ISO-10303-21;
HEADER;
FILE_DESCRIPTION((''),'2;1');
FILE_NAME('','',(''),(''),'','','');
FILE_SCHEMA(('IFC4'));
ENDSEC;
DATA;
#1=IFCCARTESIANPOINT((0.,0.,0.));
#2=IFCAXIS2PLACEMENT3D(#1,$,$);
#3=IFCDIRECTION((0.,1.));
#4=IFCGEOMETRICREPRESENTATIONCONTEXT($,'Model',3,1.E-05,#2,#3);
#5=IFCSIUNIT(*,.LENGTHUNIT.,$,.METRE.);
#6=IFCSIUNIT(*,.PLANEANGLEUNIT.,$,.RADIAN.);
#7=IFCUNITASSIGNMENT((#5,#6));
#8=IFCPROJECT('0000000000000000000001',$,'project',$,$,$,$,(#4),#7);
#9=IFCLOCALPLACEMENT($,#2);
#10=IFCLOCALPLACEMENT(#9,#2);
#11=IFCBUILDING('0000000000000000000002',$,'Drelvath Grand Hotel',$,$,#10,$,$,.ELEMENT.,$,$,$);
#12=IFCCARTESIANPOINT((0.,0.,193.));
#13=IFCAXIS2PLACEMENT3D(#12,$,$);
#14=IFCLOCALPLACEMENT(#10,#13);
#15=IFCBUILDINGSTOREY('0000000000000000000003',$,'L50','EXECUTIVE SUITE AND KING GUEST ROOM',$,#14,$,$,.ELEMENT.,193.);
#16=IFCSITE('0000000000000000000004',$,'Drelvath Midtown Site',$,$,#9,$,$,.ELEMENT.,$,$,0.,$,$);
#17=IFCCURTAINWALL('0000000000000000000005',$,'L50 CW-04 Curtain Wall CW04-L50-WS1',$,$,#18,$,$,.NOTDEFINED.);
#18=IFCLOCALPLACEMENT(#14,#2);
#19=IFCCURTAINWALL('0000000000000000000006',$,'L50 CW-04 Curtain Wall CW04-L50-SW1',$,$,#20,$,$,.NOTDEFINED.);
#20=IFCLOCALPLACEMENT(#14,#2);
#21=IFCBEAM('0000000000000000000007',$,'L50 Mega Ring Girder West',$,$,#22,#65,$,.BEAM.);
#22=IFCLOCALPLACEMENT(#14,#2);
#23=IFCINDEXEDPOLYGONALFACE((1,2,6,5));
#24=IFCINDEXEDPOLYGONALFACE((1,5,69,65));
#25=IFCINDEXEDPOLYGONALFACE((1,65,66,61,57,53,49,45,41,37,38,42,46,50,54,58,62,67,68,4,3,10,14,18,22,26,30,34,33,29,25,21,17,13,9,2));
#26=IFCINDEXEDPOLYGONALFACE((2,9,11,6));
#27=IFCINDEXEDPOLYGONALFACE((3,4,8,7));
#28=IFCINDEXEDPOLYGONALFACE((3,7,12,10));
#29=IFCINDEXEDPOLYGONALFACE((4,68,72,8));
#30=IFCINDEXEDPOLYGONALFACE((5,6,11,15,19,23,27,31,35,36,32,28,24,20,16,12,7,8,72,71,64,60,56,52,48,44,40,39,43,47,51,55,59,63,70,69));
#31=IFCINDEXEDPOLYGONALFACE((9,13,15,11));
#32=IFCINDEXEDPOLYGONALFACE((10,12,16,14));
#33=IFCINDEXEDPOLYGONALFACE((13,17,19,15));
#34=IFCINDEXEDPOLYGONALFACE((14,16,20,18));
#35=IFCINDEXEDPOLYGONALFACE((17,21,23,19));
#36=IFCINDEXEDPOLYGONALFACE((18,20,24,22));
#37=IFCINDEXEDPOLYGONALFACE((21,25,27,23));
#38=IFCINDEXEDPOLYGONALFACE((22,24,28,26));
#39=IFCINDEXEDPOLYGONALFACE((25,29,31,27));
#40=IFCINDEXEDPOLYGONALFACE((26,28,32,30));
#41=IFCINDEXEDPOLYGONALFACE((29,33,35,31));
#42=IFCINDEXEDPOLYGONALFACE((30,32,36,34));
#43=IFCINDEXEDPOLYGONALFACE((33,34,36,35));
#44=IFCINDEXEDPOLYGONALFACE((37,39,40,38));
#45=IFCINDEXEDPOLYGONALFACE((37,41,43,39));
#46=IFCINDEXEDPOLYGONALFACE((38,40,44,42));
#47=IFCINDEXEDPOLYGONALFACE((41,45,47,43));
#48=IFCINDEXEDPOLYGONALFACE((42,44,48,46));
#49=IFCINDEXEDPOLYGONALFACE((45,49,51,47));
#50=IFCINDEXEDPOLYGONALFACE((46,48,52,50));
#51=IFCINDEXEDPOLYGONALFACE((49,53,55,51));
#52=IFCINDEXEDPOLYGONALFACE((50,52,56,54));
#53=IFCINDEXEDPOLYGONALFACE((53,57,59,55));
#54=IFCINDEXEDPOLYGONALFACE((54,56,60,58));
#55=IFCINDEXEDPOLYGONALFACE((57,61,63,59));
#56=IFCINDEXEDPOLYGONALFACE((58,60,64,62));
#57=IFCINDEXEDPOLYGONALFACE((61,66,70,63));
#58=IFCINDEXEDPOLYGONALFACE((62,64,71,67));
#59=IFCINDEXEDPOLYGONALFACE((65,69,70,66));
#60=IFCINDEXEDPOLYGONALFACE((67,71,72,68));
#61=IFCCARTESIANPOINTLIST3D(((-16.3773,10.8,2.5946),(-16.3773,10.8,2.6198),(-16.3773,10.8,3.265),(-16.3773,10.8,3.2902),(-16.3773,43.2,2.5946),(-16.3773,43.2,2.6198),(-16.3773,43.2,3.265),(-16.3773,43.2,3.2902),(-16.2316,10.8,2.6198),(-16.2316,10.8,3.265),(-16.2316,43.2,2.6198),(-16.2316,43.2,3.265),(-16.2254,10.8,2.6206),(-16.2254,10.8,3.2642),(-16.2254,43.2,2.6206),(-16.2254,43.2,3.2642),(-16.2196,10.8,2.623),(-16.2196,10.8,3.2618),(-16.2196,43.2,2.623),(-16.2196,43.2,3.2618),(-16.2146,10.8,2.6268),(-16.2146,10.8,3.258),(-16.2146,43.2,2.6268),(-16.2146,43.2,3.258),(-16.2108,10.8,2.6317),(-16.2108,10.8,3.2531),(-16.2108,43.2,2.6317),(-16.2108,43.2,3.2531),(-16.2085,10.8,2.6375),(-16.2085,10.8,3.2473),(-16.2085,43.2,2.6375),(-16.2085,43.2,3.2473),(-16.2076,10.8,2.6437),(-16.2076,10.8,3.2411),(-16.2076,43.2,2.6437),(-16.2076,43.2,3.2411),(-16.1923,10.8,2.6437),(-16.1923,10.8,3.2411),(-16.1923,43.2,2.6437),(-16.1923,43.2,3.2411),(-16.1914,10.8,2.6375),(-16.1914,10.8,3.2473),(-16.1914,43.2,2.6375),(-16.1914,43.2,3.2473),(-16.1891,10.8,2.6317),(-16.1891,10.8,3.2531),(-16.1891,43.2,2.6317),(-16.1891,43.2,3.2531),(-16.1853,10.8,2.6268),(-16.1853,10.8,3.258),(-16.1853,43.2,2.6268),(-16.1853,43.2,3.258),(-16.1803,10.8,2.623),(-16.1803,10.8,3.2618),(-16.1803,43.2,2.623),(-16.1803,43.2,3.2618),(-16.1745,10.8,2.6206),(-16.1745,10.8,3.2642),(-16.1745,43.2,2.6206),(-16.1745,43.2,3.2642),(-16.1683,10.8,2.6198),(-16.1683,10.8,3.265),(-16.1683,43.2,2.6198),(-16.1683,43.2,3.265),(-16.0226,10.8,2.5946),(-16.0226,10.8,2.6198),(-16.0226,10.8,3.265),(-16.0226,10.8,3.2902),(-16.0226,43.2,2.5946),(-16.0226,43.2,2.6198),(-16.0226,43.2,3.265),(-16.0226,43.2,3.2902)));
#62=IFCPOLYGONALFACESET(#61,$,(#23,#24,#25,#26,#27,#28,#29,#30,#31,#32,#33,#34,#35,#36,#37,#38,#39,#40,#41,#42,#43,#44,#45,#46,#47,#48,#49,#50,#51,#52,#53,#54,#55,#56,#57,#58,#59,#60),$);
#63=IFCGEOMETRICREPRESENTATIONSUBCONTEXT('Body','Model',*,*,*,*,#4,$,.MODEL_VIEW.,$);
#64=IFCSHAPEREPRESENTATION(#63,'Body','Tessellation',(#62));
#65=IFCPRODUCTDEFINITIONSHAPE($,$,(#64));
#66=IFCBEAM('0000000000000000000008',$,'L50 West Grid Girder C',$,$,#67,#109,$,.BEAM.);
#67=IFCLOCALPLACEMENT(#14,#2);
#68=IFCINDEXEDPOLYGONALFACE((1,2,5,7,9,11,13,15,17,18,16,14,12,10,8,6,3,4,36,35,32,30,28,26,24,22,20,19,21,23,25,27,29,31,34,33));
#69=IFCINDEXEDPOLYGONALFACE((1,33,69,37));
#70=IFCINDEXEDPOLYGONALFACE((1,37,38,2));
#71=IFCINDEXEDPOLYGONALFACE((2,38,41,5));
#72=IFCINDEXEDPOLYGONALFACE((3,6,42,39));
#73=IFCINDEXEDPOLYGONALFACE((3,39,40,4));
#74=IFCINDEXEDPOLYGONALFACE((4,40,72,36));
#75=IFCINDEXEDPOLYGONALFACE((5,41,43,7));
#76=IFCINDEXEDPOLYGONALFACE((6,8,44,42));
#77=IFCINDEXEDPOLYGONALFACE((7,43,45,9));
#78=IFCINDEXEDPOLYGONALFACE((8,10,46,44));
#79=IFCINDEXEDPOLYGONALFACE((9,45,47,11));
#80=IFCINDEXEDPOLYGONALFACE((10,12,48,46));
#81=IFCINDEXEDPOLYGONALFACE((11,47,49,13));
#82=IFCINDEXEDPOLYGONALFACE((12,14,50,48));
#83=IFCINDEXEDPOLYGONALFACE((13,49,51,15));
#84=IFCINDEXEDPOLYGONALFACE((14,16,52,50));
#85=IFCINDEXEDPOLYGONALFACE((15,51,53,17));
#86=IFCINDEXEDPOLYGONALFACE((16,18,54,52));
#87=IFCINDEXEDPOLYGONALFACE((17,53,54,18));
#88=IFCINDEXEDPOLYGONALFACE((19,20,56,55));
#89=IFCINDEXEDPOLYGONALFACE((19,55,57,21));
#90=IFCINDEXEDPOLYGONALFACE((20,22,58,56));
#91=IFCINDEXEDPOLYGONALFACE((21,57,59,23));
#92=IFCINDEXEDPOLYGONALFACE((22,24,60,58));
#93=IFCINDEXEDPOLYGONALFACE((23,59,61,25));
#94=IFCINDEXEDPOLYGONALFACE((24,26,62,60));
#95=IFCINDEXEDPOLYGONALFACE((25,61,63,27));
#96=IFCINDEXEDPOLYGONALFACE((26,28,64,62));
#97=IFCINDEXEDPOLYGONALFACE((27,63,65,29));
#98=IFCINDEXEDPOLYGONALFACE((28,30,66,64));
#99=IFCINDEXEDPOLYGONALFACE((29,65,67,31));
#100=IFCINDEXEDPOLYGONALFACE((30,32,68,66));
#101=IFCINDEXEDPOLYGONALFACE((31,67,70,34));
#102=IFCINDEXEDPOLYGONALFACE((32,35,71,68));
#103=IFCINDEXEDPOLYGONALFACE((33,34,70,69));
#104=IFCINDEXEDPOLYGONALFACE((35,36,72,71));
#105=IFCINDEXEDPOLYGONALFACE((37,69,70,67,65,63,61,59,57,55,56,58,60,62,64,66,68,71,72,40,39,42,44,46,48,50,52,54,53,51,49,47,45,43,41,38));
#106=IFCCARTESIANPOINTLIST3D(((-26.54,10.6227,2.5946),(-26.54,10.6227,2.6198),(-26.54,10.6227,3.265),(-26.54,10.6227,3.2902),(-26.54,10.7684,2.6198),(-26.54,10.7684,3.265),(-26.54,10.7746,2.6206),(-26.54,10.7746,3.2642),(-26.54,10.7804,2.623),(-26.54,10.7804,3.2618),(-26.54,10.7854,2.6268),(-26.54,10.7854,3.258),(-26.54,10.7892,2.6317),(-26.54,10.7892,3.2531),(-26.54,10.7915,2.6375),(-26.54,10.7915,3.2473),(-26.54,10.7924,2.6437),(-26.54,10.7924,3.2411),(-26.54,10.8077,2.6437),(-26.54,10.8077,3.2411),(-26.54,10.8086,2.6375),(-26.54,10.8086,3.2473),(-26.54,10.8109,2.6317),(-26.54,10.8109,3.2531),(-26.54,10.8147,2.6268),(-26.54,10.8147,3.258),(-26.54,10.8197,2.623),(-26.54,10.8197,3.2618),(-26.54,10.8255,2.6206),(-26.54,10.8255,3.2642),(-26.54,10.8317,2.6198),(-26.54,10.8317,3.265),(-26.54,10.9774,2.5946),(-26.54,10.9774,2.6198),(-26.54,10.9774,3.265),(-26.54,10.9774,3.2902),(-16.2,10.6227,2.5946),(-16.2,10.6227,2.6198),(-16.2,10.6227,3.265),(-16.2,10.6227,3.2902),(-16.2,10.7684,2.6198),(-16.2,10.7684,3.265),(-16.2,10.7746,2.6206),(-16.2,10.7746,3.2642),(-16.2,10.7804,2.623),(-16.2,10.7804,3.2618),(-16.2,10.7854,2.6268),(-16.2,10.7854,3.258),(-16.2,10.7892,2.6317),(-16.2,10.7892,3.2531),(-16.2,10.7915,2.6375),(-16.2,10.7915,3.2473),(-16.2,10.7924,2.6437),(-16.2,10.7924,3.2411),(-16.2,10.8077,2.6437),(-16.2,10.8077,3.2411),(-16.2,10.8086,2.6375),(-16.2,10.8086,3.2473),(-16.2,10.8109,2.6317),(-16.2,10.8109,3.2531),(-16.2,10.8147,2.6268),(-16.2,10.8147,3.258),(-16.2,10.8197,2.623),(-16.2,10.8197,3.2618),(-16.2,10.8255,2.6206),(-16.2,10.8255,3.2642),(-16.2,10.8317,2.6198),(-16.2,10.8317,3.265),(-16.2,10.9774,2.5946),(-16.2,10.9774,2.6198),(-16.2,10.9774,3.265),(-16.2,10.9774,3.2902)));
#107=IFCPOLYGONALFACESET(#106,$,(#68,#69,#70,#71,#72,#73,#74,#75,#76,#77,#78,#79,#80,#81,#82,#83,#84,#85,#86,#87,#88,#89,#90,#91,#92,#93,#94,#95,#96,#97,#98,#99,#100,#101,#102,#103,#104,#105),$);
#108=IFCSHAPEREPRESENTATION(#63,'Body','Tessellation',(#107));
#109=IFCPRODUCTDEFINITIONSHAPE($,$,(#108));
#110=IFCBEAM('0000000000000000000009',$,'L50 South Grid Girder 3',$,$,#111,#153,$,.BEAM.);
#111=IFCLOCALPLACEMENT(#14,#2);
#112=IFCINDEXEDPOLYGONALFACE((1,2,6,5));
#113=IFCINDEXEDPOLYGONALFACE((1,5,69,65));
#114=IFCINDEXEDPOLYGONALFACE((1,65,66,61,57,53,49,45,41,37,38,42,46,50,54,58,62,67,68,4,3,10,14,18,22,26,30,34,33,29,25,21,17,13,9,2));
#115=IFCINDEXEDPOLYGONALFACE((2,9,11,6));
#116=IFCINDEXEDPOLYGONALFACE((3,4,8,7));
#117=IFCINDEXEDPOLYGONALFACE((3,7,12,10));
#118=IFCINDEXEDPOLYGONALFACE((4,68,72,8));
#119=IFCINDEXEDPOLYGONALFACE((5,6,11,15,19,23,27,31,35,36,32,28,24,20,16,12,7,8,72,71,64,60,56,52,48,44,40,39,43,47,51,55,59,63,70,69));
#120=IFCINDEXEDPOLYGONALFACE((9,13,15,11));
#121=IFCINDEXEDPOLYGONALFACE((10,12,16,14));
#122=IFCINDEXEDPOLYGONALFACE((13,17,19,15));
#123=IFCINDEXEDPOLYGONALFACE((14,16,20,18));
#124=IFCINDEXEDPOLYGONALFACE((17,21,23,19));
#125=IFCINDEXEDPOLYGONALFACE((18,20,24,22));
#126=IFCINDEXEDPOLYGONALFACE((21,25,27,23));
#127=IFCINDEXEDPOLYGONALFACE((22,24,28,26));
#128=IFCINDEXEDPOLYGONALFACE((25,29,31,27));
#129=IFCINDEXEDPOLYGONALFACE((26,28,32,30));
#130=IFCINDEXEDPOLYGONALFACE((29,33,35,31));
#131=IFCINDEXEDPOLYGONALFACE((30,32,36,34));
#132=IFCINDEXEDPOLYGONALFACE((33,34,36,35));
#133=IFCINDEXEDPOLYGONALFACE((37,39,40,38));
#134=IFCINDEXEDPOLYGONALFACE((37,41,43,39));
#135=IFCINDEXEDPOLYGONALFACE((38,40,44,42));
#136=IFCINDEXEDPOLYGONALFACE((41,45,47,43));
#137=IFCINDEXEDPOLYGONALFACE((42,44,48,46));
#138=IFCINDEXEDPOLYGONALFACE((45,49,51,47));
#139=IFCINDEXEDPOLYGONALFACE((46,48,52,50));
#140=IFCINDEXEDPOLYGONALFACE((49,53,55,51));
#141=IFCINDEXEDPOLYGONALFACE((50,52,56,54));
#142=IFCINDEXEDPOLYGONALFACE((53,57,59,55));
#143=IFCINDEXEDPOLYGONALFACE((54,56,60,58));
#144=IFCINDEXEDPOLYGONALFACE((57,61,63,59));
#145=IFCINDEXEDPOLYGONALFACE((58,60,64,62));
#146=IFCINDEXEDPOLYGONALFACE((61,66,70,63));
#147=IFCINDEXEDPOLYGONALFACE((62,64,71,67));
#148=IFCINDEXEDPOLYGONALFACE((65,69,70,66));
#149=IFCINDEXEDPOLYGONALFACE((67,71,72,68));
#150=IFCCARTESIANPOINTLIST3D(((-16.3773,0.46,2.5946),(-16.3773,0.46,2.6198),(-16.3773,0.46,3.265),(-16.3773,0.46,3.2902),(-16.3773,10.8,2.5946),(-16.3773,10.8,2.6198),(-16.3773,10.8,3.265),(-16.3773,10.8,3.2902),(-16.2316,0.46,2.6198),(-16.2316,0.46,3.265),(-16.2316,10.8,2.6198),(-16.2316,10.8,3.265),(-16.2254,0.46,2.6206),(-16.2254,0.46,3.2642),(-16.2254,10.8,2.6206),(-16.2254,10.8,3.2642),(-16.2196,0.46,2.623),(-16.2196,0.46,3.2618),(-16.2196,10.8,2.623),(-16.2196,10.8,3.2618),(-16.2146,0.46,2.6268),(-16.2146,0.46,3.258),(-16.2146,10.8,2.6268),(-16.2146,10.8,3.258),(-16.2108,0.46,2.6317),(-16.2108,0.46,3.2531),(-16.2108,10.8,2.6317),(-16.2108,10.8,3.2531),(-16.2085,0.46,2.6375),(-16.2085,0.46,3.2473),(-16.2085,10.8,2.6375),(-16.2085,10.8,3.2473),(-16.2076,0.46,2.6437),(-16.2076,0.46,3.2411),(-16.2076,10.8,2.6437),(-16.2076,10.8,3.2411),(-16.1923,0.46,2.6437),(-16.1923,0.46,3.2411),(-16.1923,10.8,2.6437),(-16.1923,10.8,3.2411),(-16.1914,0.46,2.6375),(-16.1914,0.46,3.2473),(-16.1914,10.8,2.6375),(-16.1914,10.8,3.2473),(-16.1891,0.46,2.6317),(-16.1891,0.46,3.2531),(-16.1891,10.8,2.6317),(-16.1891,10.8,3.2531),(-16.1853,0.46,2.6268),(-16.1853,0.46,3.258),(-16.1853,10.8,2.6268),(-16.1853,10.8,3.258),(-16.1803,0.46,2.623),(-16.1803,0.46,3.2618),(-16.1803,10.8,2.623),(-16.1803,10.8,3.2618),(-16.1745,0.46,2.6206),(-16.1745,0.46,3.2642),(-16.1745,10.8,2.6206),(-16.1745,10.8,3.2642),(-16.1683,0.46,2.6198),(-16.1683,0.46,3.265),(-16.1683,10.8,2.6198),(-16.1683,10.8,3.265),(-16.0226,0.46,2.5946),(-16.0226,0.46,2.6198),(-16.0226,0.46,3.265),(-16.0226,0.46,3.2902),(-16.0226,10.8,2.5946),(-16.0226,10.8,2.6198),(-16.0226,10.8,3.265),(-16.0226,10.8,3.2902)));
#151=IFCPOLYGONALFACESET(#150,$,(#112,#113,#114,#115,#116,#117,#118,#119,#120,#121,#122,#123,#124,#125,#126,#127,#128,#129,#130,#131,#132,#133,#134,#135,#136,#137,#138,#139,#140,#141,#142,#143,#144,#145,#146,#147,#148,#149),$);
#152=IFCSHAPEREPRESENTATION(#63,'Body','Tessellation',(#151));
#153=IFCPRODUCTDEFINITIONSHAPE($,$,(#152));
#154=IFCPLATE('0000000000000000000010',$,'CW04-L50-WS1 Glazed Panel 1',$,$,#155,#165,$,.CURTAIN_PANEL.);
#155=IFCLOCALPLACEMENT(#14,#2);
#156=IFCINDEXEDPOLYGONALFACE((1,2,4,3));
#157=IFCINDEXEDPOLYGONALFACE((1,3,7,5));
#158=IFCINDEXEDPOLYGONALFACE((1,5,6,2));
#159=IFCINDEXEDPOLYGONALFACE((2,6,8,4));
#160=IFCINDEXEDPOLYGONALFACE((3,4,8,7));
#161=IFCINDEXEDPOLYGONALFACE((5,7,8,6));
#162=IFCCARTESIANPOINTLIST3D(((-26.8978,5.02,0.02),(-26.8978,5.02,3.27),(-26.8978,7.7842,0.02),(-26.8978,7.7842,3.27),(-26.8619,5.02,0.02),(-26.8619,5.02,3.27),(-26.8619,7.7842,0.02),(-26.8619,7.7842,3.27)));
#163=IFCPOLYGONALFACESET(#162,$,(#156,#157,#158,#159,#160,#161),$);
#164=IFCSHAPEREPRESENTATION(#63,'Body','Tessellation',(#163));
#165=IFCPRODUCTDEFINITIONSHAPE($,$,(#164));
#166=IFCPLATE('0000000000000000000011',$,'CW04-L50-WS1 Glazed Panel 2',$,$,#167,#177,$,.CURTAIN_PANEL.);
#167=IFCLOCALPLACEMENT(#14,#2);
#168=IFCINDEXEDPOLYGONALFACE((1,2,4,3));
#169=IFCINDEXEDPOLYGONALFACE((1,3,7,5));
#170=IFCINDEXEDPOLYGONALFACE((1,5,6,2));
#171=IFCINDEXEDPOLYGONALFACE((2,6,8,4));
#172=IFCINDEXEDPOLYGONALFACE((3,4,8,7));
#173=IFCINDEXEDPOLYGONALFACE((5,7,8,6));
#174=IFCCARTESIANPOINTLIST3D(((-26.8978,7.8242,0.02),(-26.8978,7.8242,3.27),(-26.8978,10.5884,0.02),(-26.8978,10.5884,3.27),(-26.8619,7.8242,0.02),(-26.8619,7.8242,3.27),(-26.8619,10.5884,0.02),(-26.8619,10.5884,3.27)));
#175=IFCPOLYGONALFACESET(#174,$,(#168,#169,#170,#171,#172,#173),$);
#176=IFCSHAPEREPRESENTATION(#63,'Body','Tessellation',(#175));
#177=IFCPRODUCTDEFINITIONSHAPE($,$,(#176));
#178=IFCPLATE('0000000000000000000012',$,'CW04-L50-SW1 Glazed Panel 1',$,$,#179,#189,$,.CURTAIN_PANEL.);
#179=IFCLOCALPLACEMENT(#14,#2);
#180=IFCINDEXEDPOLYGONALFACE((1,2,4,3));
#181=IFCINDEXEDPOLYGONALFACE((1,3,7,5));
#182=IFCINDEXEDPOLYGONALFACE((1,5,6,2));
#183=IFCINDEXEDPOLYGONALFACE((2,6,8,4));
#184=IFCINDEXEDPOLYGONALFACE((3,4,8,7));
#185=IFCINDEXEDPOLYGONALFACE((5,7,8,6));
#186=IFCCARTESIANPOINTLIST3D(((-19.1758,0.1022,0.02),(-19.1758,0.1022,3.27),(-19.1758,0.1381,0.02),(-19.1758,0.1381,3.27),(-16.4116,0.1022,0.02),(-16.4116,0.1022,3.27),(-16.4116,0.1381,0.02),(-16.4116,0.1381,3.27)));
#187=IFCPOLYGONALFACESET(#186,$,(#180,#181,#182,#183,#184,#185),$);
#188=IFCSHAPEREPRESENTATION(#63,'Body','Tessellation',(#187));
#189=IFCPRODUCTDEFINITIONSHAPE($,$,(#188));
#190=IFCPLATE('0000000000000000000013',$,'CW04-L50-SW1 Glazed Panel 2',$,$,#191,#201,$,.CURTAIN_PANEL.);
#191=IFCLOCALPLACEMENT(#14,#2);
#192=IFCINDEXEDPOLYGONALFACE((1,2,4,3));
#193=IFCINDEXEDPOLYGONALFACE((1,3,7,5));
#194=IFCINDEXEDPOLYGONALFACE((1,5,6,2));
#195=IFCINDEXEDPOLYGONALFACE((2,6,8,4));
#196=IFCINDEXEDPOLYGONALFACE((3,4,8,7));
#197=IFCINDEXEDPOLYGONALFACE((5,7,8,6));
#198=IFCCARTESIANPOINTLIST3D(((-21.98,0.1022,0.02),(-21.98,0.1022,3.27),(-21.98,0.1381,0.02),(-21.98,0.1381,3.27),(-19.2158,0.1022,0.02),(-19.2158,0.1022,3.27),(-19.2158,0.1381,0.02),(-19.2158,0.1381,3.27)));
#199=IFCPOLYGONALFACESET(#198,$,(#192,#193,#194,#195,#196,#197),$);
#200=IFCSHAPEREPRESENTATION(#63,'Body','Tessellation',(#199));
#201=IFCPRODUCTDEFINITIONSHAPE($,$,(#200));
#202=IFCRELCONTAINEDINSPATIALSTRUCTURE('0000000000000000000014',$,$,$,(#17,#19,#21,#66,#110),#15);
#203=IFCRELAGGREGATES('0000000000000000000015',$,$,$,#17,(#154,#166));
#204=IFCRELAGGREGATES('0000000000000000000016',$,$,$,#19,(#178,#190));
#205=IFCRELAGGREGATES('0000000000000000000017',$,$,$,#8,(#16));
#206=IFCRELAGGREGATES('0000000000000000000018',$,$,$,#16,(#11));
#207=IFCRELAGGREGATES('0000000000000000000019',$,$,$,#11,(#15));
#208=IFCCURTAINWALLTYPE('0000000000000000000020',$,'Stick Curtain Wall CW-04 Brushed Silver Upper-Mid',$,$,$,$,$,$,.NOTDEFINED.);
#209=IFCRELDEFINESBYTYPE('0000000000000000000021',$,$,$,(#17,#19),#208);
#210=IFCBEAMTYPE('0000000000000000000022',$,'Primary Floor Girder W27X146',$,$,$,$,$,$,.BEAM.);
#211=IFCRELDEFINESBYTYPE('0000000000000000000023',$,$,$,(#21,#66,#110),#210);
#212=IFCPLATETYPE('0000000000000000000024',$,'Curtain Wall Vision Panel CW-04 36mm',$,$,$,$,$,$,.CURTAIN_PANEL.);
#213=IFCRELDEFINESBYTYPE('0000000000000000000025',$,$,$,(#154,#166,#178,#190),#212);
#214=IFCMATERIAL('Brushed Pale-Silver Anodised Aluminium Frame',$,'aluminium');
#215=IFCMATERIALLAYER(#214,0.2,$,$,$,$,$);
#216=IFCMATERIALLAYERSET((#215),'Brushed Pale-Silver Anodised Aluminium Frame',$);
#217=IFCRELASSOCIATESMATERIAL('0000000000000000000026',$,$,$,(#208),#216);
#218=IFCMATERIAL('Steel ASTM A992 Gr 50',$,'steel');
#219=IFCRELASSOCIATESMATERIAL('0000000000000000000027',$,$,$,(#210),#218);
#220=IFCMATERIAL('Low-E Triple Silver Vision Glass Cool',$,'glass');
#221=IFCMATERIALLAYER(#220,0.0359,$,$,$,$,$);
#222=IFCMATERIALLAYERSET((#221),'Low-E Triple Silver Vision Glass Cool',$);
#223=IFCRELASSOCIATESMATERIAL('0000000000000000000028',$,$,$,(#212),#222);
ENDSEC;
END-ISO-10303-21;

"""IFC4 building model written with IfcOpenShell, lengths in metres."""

from ifc_helpers import new_model, si_unit, direction, frame, origin, origin_2d, place, context, subcontext, project, spatial, rectangle, i_section, extrude, material, layer, layer_set, material_profile, profile_set, type_object, element, aggregate, save


model = new_model("IFC4")

# Units and contexts
model_context = context("Model", 3, precision=1e-05, world=origin(), true_north=direction((0.0, 1.0)))
body_context = subcontext(model_context, "Body", "Model", "MODEL_VIEW")
ifc_project = project(units=[si_unit("LENGTHUNIT", "METRE"), si_unit("PLANEANGLEUNIT", "RADIAN")], contexts=[model_context])

# Site, building, storey
site_placement = place(None, origin())
site = spatial("IfcSite", under=ifc_project, at=site_placement, Name="Drelvath Midtown Site", CompositionType="ELEMENT", RefElevation=0.0)
building_placement = place(site_placement, origin())
building = spatial("IfcBuilding", under=site, at=building_placement, Name="Drelvath Grand Hotel", CompositionType="ELEMENT")
storey_placement = place(building_placement, frame((0.0, 0.0, 193.0)))
storey = spatial("IfcBuildingStorey", under=building, at=storey_placement, Name="L50", Description="EXECUTIVE SUITE AND KING GUEST ROOM", CompositionType="ELEMENT", Elevation=193.0)

# Curtain walls
ifc_material_1 = material(Name="Brushed Pale-Silver Anodised Aluminium Frame", Category="aluminium")
ifc_layer_1 = layer(ifc_material_1, 0.2)
ifc_layer_set_1 = layer_set([ifc_layer_1], Name="Brushed Pale-Silver Anodised Aluminium Frame")
curtain_wall_type = type_object("IfcCurtainWallType", Name="Stick Curtain Wall CW-04 Brushed Silver Upper-Mid", PredefinedType="NOTDEFINED", material=ifc_layer_set_1)
curtain_wall_1_placement = place(storey_placement, origin())
curtain_wall_1 = element("IfcCurtainWall", 1, at=curtain_wall_1_placement, inside=storey, type_object=curtain_wall_type, Name="L50 CW-04 Curtain Wall CW04-L50-WS1", PredefinedType="NOTDEFINED")
curtain_wall_2_placement = place(storey_placement, origin())
curtain_wall_2 = element("IfcCurtainWall", 2, at=curtain_wall_2_placement, inside=storey, type_object=curtain_wall_type, Name="L50 CW-04 Curtain Wall CW04-L50-SW1", PredefinedType="NOTDEFINED")

# Beams
ifc_material_2 = material(Name="Steel ASTM A992 Gr 50", Category="steel")
ifc_material_profile_1 = material_profile(ifc_material_2, i_section(OverallWidth=0.3547, OverallDepth=0.6956, WebThickness=0.0154, FlangeThickness=0.0251, FilletRadius=0.0239, at=origin_2d()), Name="W27X146")
ifc_profile_set_1 = profile_set([ifc_material_profile_1], Name="Steel ASTM A992 Gr 50")
beam_type_1 = type_object("IfcBeamType", Name="Primary Floor Girder W27X146", PredefinedType="BEAM", material=ifc_profile_set_1)
for number, where, z_axis, x_axis, name in (
    (3, (-16.2, 10.8, 2.9424), (0.0, 1.0, 0.0), (-1.0, 0.0, 0.0), "L50 Mega Ring Girder West"),
):
    element("IfcBeam", number, at=place(storey_placement, frame(where, z_axis=z_axis, x_axis=x_axis)), inside=storey, type_object=beam_type_1, Name=name, PredefinedType="BEAM", context=body_context, shape_type="SweptSolid", body=[
        extrude(i_section(OverallWidth=0.3547, OverallDepth=0.6956, WebThickness=0.0154, FlangeThickness=0.0251, FilletRadius=0.0239, at=origin_2d()), origin(), (0.0, 0.0, 1.0), 32.3999),
    ])
for number, where, z_axis, x_axis, name in (
    (4, (-26.54, 10.8, 2.9424), (1.0, 0.0, 0.0), (0.0, 1.0, 0.0), "L50 West Grid Girder C"),
    (5, (-16.2, 0.46, 2.9424), (0.0, 1.0, 0.0), (-1.0, 0.0, 0.0), "L50 South Grid Girder 3"),
):
    element("IfcBeam", number, at=place(storey_placement, frame(where, z_axis=z_axis, x_axis=x_axis)), inside=storey, type_object=beam_type_1, Name=name, PredefinedType="BEAM", context=body_context, shape_type="SweptSolid", body=[
        extrude(i_section(OverallWidth=0.3547, OverallDepth=0.6956, WebThickness=0.0154, FlangeThickness=0.0251, FilletRadius=0.0239, at=origin_2d()), origin(), (0.0, 0.0, 1.0), 10.3401),
    ])

# Plates
ifc_material_3 = material(Name="Low-E Triple Silver Vision Glass Cool", Category="glass")
ifc_layer_2 = layer(ifc_material_3, 0.0359)
ifc_layer_set_2 = layer_set([ifc_layer_2], Name="Low-E Triple Silver Vision Glass Cool")
plate_type = type_object("IfcPlateType", Name="Curtain Wall Vision Panel CW-04 36mm", PredefinedType="CURTAIN_PANEL", material=ifc_layer_set_2)
plate_1_placement = place(storey_placement, frame((-26.8799, 6.4021, 0.02), z_axis=(0.0, 0.0, 1.0), x_axis=(0.0, 1.0, 0.0)))
plate_1 = element("IfcPlate", 6, at=plate_1_placement, type_object=plate_type, Name="CW04-L50-WS1 Glazed Panel 1", PredefinedType="CURTAIN_PANEL", context=body_context, shape_type="SweptSolid", body=[
    extrude(rectangle(XDim=2.7642, YDim=0.0359, at=origin_2d()), origin(), (0.0, 0.0, 1.0), 3.25),
])
plate_2_placement = place(storey_placement, frame((-26.8799, 9.2063, 0.02), z_axis=(0.0, 0.0, 1.0), x_axis=(0.0, 1.0, 0.0)))
plate_2 = element("IfcPlate", 7, at=plate_2_placement, type_object=plate_type, Name="CW04-L50-WS1 Glazed Panel 2", PredefinedType="CURTAIN_PANEL", context=body_context, shape_type="SweptSolid", body=[
    extrude(rectangle(XDim=2.7642, YDim=0.0359, at=origin_2d()), origin(), (0.0, 0.0, 1.0), 3.25),
])
aggregate(curtain_wall_1, [plate_1, plate_2])
plate_3_placement = place(storey_placement, frame((-17.7937, 0.1201, 0.02), z_axis=(0.0, 0.0, 1.0), x_axis=(-1.0, 0.0, 0.0)))
plate_3 = element("IfcPlate", 8, at=plate_3_placement, type_object=plate_type, Name="CW04-L50-SW1 Glazed Panel 1", PredefinedType="CURTAIN_PANEL", context=body_context, shape_type="SweptSolid", body=[
    extrude(rectangle(XDim=2.7642, YDim=0.0359, at=origin_2d()), origin(), (0.0, 0.0, 1.0), 3.25),
])
plate_4_placement = place(storey_placement, frame((-20.5979, 0.1201, 0.02), z_axis=(0.0, 0.0, 1.0), x_axis=(-1.0, 0.0, 0.0)))
plate_4 = element("IfcPlate", 9, at=plate_4_placement, type_object=plate_type, Name="CW04-L50-SW1 Glazed Panel 2", PredefinedType="CURTAIN_PANEL", context=body_context, shape_type="SweptSolid", body=[
    extrude(rectangle(XDim=2.7642, YDim=0.0359, at=origin_2d()), origin(), (0.0, 0.0, 1.0), 3.25),
])
aggregate(curtain_wall_2, [plate_3, plate_4])

save(model, "model.ifc")
